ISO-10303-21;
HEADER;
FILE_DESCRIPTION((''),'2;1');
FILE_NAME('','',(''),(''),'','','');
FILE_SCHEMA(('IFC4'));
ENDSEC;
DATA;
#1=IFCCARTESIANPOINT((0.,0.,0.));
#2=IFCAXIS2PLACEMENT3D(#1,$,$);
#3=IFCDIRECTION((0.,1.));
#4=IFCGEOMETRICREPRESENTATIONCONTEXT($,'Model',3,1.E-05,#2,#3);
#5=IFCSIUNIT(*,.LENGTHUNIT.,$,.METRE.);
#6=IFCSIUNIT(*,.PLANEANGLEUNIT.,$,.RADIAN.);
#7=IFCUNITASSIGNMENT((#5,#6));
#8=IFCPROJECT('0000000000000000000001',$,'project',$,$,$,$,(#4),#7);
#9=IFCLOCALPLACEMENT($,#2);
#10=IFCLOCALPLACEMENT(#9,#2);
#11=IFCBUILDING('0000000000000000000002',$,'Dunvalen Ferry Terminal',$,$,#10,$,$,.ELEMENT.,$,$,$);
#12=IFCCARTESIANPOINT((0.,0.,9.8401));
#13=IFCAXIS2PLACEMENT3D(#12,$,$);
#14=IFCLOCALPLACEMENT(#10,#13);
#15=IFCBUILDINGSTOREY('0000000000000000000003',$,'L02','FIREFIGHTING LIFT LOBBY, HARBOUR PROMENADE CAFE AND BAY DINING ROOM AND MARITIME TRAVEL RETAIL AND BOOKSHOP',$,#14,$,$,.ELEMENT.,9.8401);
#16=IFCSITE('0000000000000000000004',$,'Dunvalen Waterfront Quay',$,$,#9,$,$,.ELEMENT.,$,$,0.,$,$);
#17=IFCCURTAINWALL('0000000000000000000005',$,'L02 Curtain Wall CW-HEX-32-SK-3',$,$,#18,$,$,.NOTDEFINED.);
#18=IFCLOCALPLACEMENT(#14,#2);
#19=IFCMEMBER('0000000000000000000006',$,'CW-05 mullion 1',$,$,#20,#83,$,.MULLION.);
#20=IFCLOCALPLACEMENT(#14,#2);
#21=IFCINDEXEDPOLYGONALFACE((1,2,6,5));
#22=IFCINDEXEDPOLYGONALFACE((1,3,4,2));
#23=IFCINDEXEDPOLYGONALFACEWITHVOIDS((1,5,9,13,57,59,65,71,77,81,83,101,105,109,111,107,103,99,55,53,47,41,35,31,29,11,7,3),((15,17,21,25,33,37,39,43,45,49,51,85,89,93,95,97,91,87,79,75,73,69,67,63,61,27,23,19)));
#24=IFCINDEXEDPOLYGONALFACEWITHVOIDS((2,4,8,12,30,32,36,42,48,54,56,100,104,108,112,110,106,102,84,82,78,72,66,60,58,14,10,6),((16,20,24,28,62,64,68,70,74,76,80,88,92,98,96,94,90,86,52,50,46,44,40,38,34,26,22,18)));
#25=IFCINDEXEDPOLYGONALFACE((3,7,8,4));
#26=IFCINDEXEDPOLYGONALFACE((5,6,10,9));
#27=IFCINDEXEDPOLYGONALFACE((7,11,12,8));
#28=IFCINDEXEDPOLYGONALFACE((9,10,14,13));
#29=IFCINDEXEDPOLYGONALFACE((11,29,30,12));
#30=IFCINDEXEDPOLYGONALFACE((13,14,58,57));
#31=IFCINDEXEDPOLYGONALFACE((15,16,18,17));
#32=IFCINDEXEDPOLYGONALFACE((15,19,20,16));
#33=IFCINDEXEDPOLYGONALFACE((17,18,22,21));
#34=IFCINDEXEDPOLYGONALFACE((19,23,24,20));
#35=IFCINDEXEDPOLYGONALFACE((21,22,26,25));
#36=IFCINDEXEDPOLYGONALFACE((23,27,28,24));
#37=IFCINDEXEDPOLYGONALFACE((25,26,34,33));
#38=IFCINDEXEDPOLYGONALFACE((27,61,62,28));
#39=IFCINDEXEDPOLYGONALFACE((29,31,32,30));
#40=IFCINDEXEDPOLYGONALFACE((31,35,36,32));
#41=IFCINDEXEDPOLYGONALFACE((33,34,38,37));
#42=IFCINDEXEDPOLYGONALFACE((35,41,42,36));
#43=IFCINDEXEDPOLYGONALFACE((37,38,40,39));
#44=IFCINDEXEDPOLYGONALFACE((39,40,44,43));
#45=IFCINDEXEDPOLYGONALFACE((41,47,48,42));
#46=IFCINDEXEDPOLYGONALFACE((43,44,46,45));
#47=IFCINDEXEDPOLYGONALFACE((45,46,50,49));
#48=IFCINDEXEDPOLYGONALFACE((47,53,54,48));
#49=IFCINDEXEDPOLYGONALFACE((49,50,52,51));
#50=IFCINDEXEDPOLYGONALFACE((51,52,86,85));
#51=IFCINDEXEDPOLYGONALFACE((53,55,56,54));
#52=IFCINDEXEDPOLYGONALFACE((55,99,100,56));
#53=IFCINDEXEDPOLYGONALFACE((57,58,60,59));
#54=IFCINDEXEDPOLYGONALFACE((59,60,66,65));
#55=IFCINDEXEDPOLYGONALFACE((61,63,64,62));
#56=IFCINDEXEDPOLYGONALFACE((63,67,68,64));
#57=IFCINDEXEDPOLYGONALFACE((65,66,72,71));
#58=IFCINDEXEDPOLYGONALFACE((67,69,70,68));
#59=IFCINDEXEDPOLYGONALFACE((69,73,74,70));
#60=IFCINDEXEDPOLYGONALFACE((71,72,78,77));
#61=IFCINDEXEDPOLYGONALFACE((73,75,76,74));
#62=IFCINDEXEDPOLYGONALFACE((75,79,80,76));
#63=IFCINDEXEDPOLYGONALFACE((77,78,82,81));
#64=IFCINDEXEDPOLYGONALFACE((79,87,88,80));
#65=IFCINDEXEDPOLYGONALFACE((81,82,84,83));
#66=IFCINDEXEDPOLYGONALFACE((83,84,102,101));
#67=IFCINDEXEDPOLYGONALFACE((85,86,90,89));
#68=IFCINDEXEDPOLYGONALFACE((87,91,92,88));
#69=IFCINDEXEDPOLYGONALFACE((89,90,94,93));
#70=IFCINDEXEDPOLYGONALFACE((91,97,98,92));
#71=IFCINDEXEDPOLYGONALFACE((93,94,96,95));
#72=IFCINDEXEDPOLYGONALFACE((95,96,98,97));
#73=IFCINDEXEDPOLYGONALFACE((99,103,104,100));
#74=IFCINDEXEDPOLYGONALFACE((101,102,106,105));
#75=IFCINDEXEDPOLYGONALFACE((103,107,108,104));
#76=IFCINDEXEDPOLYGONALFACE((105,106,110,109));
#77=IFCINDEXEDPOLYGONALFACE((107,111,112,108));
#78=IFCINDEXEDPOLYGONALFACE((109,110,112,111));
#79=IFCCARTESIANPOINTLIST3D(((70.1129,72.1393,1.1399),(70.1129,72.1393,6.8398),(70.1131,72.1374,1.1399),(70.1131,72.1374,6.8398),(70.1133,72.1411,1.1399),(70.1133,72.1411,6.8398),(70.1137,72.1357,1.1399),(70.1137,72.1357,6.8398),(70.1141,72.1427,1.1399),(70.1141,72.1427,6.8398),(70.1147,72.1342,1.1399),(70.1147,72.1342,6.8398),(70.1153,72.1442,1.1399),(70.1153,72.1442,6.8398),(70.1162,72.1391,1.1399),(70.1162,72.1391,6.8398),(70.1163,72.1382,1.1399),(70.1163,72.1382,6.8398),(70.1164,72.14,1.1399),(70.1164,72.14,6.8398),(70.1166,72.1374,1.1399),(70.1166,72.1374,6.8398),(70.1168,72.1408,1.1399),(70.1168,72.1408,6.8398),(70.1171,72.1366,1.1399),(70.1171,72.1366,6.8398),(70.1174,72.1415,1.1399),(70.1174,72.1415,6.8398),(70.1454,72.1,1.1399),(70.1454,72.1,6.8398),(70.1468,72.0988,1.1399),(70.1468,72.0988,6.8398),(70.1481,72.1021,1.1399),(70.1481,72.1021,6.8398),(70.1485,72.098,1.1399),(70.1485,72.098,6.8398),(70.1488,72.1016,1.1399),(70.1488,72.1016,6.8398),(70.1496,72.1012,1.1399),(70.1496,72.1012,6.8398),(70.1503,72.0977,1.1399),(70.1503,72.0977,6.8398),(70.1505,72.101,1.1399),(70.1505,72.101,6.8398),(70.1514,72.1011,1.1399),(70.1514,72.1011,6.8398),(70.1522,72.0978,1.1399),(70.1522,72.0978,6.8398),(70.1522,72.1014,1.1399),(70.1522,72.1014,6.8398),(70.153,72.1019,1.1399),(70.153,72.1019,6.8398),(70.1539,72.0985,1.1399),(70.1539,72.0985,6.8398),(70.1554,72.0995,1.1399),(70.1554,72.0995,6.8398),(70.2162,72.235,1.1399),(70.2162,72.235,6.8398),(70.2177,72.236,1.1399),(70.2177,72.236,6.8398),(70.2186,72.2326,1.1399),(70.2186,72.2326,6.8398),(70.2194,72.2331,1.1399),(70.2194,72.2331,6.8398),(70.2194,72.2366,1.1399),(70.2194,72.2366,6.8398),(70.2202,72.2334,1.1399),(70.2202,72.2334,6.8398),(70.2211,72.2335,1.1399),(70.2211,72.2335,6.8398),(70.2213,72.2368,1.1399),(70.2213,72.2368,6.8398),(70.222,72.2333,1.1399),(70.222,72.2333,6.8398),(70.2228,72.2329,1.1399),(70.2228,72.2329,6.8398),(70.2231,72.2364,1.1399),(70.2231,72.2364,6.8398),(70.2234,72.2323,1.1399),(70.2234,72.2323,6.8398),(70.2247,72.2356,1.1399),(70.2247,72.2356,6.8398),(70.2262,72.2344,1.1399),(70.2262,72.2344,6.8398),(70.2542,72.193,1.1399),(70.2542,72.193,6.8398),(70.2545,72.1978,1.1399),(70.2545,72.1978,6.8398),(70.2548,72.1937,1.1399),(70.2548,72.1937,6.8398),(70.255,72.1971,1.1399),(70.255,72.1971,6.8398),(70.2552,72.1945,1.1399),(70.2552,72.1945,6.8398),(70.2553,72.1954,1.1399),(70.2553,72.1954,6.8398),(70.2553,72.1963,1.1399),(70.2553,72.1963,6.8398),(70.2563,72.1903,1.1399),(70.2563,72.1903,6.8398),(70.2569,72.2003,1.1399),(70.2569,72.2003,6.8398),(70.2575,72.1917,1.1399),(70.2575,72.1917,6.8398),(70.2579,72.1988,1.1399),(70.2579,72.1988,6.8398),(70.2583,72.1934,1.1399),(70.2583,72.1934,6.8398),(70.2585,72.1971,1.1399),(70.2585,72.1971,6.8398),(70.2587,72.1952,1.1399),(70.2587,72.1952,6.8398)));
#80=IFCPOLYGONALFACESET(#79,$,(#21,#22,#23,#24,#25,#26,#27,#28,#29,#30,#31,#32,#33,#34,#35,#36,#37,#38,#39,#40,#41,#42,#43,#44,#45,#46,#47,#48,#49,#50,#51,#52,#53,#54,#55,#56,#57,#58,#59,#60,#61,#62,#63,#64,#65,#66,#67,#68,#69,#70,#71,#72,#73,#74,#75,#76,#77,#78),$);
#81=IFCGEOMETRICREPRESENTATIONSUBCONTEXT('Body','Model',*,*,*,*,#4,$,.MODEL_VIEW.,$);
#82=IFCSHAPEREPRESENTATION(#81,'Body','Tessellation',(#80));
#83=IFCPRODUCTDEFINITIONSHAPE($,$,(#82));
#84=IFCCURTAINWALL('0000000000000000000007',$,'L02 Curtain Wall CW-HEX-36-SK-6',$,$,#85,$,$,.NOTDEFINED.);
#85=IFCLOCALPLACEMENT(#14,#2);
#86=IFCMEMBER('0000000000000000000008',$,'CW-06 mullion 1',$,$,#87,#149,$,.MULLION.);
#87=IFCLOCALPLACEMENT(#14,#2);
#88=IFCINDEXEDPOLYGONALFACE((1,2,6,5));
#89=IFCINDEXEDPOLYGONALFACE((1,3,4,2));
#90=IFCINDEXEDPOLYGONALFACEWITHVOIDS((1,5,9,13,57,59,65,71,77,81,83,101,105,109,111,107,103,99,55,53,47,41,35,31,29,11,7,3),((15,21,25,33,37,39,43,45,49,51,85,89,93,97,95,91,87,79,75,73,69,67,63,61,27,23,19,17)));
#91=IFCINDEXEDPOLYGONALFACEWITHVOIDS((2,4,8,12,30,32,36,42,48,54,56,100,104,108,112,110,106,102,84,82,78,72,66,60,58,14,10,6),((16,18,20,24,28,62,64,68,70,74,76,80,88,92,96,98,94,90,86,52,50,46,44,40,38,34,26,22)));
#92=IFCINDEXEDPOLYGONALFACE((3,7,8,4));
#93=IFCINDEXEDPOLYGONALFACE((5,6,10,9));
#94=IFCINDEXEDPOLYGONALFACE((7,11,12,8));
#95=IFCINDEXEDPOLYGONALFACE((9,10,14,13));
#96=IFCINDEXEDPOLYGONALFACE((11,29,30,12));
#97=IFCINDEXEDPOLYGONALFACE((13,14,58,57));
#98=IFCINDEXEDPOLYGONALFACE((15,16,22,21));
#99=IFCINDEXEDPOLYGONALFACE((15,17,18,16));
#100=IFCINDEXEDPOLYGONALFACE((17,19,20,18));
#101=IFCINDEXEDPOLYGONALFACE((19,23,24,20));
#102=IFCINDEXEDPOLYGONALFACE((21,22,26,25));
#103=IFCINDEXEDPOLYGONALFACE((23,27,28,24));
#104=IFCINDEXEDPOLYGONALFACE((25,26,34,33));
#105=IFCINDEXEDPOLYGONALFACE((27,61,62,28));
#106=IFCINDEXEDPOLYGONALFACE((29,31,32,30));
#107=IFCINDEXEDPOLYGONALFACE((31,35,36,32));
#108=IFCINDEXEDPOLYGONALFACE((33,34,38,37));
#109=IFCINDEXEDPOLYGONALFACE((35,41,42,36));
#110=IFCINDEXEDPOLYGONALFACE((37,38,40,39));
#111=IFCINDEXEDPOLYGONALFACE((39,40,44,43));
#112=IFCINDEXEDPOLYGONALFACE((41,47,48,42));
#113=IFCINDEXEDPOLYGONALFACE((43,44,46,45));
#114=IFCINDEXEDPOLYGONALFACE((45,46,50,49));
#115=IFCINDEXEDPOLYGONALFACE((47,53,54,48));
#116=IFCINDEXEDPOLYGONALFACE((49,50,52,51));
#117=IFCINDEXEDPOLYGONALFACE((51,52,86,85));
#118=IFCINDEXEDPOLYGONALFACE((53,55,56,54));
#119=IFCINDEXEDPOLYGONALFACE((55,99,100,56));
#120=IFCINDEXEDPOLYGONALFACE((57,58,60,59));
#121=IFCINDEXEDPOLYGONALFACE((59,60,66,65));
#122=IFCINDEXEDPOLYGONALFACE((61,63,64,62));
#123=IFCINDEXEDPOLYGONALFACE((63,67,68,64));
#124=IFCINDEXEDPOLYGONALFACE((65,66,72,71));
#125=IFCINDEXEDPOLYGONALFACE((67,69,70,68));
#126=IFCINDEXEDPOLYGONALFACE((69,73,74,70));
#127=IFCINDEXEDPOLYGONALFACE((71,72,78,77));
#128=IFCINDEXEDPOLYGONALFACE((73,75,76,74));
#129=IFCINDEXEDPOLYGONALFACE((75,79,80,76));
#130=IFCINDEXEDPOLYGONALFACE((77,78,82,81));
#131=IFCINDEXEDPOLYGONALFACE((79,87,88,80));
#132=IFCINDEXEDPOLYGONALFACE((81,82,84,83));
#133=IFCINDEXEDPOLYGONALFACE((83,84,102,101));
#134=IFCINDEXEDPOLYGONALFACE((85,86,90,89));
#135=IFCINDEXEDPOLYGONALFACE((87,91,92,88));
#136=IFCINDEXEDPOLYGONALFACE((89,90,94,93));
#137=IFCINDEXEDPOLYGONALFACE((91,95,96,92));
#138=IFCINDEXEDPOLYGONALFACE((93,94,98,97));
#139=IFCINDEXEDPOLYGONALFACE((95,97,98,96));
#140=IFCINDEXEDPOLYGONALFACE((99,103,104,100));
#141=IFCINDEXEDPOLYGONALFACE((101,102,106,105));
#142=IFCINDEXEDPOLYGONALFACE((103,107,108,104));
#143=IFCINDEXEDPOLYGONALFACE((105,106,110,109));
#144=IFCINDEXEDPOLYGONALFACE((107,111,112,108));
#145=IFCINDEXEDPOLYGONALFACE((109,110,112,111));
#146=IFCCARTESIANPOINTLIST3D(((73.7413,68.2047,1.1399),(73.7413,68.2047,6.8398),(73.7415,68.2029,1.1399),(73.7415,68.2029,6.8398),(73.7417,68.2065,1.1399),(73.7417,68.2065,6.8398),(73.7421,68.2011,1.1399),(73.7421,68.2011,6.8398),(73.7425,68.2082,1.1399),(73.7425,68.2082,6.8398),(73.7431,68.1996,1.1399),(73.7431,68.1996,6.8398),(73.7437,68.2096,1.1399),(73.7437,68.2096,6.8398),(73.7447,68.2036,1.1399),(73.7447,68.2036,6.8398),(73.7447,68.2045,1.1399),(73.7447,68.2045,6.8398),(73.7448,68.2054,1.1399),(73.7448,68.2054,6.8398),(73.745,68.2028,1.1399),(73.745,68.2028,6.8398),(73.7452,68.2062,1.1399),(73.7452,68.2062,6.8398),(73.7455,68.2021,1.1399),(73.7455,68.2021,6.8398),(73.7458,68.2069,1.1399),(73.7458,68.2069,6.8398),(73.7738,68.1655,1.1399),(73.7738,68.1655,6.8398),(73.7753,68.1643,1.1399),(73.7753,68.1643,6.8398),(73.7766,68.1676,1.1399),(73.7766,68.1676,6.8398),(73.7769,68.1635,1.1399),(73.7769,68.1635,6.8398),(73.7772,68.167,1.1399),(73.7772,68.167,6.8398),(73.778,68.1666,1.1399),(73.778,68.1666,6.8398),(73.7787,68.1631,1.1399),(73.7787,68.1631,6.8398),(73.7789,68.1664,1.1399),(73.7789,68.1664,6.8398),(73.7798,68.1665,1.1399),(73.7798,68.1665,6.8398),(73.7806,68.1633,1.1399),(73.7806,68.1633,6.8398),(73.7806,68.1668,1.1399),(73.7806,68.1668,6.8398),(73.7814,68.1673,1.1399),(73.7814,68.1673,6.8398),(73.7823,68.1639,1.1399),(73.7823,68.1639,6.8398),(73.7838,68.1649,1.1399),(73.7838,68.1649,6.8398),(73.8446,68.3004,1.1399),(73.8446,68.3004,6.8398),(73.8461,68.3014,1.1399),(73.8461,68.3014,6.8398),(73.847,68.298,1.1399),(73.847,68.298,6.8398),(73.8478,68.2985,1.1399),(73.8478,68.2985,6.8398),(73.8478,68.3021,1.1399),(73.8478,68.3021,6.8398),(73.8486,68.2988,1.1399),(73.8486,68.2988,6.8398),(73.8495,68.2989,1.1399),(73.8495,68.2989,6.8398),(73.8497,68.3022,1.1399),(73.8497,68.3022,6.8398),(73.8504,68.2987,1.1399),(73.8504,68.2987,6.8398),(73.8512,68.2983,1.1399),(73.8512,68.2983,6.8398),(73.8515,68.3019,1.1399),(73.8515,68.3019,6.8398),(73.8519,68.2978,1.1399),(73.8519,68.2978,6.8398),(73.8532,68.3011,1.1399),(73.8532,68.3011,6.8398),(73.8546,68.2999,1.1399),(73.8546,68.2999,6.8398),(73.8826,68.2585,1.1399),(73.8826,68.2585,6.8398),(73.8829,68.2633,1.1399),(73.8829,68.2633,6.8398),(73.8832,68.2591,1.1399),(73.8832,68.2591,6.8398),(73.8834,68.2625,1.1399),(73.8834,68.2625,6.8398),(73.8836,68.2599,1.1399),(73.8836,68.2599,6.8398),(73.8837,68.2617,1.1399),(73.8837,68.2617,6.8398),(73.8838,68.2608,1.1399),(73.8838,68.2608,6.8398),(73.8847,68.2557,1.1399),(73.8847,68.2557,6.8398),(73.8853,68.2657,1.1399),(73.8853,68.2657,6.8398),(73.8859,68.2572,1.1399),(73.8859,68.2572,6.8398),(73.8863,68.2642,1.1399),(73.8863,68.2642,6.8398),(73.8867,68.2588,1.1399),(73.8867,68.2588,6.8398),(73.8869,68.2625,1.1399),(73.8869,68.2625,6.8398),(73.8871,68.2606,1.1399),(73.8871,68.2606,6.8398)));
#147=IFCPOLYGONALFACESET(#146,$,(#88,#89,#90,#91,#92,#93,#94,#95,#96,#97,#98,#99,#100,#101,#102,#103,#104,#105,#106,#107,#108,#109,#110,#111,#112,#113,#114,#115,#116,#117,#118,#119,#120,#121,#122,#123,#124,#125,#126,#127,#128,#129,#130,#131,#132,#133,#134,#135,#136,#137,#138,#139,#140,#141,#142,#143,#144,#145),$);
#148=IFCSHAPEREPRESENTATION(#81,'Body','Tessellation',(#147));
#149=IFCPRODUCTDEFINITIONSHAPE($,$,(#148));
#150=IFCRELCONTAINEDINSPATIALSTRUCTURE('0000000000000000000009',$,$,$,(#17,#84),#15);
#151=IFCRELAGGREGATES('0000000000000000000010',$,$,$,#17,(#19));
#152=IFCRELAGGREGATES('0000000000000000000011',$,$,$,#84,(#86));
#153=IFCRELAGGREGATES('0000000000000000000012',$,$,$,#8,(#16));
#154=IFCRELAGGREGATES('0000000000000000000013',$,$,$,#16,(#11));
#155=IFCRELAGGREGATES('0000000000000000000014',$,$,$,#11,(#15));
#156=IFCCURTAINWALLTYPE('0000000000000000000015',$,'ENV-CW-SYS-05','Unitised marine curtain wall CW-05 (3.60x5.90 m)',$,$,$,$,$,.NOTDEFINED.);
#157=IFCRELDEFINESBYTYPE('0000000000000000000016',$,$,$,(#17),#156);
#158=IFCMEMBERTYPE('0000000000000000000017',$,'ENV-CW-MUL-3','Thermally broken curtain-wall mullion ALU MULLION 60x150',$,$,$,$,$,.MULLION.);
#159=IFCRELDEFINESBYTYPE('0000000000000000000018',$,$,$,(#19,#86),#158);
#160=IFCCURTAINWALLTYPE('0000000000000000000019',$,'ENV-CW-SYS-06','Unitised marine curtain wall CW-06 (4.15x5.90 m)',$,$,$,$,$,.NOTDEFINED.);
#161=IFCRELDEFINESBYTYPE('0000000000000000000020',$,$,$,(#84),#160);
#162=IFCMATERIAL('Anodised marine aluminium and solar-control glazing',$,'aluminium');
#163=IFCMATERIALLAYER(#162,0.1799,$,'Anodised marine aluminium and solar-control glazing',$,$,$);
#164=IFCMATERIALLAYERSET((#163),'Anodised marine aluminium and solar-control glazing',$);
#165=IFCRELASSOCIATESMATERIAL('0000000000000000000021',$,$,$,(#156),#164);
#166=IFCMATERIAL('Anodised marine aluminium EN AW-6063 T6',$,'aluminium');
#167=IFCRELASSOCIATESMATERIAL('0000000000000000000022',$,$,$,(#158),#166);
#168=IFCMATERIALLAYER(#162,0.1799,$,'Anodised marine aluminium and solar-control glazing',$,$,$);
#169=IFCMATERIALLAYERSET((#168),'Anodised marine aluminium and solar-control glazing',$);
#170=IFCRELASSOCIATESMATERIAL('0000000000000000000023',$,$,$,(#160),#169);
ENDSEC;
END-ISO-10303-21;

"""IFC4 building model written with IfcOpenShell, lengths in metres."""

from ifc_helpers import new_model, si_unit, direction, frame, origin, origin_2d, place, context, subcontext, project, spatial, hollow_rectangle, extrude, material, layer, layer_set, material_profile, profile_set, type_object, element, aggregate, save


model = new_model("IFC4")

# Units and contexts
model_context = context("Model", 3, precision=1e-05, world=origin(), true_north=direction((0.0, 1.0)))
body_context = subcontext(model_context, "Body", "Model", "MODEL_VIEW")
ifc_project = project(units=[si_unit("LENGTHUNIT", "METRE"), si_unit("PLANEANGLEUNIT", "RADIAN")], contexts=[model_context])

# Site, building, storey
site_placement = place(None, origin())
site = spatial("IfcSite", under=ifc_project, at=site_placement, Name="Dunvalen Waterfront Quay", CompositionType="ELEMENT", RefElevation=0.0)
building_placement = place(site_placement, origin())
building = spatial("IfcBuilding", under=site, at=building_placement, Name="Dunvalen Ferry Terminal", CompositionType="ELEMENT")
storey_placement = place(building_placement, frame((0.0, 0.0, 9.8401)))
storey = spatial("IfcBuildingStorey", under=building, at=storey_placement, Name="L02", Description="FIREFIGHTING LIFT LOBBY, HARBOUR PROMENADE CAFE AND BAY DINING ROOM AND MARITIME TRAVEL RETAIL AND BOOKSHOP", CompositionType="ELEMENT", Elevation=9.8401)

# Curtain walls, members
ifc_material_1 = material(Name="Anodised marine aluminium and solar-control glazing", Category="aluminium")
ifc_layer_1 = layer(ifc_material_1, 0.1799, Name="Anodised marine aluminium and solar-control glazing")
ifc_layer_set_1 = layer_set([ifc_layer_1], Name="Anodised marine aluminium and solar-control glazing")
curtain_wall_type_1 = type_object("IfcCurtainWallType", Name="ENV-CW-SYS-05", Description="Unitised marine curtain wall CW-05 (3.60x5.90 m)", PredefinedType="NOTDEFINED", material=ifc_layer_set_1)
curtain_wall_1_placement = place(storey_placement, origin())
curtain_wall_1 = element("IfcCurtainWall", 1, at=curtain_wall_1_placement, inside=storey, type_object=curtain_wall_type_1, Name="L02 Curtain Wall CW-HEX-32-SK-3", PredefinedType="NOTDEFINED")
ifc_material_2 = material(Name="Anodised marine aluminium EN AW-6063 T6", Category="aluminium")
ifc_material_profile_1 = material_profile(ifc_material_2, hollow_rectangle(XDim=0.0601, YDim=0.1499, WallThickness=0.0034, InnerFilletRadius=0.0034, OuterFilletRadius=0.0071, at=origin_2d()), Name="Anodised marine aluminium EN AW-6063 T6")
ifc_profile_set_1 = profile_set([ifc_material_profile_1], Name="Anodised marine aluminium EN AW-6063 T6")
member_type_1 = type_object("IfcMemberType", Name="ENV-CW-MUL-3", Description="Thermally broken curtain-wall mullion ALU MULLION 60x150", PredefinedType="MULLION", material=ifc_profile_set_1)
member_1_placement = place(storey_placement, frame((70.1858, 72.1672, 1.1399), z_axis=(0.0, 0.0, 1.0), x_axis=(-0.668954, 0.743304, 0.0)))
member_1 = element("IfcMember", 2, at=member_1_placement, type_object=member_type_1, Name="CW-05 mullion 1", PredefinedType="MULLION", context=body_context, shape_type="SweptSolid", body=[
    extrude(hollow_rectangle(XDim=0.0601, YDim=0.1499, WallThickness=0.0034, InnerFilletRadius=0.0034, OuterFilletRadius=0.0071, at=origin_2d()), origin(), (0.0, 0.0, 1.0), 5.7),
])
ifc_layer_2 = layer(ifc_material_1, 0.1799, Name="Anodised marine aluminium and solar-control glazing")
ifc_layer_set_2 = layer_set([ifc_layer_2], Name="Anodised marine aluminium and solar-control glazing")
curtain_wall_type_2 = type_object("IfcCurtainWallType", Name="ENV-CW-SYS-06", Description="Unitised marine curtain wall CW-06 (4.15x5.90 m)", PredefinedType="NOTDEFINED", material=ifc_layer_set_2)
curtain_wall_2_placement = place(storey_placement, origin())
curtain_wall_2 = element("IfcCurtainWall", 3, at=curtain_wall_2_placement, inside=storey, type_object=curtain_wall_type_2, Name="L02 Curtain Wall CW-HEX-36-SK-6", PredefinedType="NOTDEFINED")
member_2_placement = place(storey_placement, frame((73.8142, 68.2327, 1.1399), z_axis=(0.0, 0.0, 1.0), x_axis=(0.668954, -0.743304, 0.0)))
member_2 = element("IfcMember", 4, at=member_2_placement, type_object=member_type_1, Name="CW-06 mullion 1", PredefinedType="MULLION", context=body_context, shape_type="SweptSolid", body=[
    extrude(hollow_rectangle(XDim=0.0601, YDim=0.1499, WallThickness=0.0034, InnerFilletRadius=0.0034, OuterFilletRadius=0.0071, at=origin_2d()), origin(), (0.0, 0.0, 1.0), 5.7),
])

aggregate(curtain_wall_1, [member_1])
aggregate(curtain_wall_2, [member_2])

save(model, "model.ifc")
